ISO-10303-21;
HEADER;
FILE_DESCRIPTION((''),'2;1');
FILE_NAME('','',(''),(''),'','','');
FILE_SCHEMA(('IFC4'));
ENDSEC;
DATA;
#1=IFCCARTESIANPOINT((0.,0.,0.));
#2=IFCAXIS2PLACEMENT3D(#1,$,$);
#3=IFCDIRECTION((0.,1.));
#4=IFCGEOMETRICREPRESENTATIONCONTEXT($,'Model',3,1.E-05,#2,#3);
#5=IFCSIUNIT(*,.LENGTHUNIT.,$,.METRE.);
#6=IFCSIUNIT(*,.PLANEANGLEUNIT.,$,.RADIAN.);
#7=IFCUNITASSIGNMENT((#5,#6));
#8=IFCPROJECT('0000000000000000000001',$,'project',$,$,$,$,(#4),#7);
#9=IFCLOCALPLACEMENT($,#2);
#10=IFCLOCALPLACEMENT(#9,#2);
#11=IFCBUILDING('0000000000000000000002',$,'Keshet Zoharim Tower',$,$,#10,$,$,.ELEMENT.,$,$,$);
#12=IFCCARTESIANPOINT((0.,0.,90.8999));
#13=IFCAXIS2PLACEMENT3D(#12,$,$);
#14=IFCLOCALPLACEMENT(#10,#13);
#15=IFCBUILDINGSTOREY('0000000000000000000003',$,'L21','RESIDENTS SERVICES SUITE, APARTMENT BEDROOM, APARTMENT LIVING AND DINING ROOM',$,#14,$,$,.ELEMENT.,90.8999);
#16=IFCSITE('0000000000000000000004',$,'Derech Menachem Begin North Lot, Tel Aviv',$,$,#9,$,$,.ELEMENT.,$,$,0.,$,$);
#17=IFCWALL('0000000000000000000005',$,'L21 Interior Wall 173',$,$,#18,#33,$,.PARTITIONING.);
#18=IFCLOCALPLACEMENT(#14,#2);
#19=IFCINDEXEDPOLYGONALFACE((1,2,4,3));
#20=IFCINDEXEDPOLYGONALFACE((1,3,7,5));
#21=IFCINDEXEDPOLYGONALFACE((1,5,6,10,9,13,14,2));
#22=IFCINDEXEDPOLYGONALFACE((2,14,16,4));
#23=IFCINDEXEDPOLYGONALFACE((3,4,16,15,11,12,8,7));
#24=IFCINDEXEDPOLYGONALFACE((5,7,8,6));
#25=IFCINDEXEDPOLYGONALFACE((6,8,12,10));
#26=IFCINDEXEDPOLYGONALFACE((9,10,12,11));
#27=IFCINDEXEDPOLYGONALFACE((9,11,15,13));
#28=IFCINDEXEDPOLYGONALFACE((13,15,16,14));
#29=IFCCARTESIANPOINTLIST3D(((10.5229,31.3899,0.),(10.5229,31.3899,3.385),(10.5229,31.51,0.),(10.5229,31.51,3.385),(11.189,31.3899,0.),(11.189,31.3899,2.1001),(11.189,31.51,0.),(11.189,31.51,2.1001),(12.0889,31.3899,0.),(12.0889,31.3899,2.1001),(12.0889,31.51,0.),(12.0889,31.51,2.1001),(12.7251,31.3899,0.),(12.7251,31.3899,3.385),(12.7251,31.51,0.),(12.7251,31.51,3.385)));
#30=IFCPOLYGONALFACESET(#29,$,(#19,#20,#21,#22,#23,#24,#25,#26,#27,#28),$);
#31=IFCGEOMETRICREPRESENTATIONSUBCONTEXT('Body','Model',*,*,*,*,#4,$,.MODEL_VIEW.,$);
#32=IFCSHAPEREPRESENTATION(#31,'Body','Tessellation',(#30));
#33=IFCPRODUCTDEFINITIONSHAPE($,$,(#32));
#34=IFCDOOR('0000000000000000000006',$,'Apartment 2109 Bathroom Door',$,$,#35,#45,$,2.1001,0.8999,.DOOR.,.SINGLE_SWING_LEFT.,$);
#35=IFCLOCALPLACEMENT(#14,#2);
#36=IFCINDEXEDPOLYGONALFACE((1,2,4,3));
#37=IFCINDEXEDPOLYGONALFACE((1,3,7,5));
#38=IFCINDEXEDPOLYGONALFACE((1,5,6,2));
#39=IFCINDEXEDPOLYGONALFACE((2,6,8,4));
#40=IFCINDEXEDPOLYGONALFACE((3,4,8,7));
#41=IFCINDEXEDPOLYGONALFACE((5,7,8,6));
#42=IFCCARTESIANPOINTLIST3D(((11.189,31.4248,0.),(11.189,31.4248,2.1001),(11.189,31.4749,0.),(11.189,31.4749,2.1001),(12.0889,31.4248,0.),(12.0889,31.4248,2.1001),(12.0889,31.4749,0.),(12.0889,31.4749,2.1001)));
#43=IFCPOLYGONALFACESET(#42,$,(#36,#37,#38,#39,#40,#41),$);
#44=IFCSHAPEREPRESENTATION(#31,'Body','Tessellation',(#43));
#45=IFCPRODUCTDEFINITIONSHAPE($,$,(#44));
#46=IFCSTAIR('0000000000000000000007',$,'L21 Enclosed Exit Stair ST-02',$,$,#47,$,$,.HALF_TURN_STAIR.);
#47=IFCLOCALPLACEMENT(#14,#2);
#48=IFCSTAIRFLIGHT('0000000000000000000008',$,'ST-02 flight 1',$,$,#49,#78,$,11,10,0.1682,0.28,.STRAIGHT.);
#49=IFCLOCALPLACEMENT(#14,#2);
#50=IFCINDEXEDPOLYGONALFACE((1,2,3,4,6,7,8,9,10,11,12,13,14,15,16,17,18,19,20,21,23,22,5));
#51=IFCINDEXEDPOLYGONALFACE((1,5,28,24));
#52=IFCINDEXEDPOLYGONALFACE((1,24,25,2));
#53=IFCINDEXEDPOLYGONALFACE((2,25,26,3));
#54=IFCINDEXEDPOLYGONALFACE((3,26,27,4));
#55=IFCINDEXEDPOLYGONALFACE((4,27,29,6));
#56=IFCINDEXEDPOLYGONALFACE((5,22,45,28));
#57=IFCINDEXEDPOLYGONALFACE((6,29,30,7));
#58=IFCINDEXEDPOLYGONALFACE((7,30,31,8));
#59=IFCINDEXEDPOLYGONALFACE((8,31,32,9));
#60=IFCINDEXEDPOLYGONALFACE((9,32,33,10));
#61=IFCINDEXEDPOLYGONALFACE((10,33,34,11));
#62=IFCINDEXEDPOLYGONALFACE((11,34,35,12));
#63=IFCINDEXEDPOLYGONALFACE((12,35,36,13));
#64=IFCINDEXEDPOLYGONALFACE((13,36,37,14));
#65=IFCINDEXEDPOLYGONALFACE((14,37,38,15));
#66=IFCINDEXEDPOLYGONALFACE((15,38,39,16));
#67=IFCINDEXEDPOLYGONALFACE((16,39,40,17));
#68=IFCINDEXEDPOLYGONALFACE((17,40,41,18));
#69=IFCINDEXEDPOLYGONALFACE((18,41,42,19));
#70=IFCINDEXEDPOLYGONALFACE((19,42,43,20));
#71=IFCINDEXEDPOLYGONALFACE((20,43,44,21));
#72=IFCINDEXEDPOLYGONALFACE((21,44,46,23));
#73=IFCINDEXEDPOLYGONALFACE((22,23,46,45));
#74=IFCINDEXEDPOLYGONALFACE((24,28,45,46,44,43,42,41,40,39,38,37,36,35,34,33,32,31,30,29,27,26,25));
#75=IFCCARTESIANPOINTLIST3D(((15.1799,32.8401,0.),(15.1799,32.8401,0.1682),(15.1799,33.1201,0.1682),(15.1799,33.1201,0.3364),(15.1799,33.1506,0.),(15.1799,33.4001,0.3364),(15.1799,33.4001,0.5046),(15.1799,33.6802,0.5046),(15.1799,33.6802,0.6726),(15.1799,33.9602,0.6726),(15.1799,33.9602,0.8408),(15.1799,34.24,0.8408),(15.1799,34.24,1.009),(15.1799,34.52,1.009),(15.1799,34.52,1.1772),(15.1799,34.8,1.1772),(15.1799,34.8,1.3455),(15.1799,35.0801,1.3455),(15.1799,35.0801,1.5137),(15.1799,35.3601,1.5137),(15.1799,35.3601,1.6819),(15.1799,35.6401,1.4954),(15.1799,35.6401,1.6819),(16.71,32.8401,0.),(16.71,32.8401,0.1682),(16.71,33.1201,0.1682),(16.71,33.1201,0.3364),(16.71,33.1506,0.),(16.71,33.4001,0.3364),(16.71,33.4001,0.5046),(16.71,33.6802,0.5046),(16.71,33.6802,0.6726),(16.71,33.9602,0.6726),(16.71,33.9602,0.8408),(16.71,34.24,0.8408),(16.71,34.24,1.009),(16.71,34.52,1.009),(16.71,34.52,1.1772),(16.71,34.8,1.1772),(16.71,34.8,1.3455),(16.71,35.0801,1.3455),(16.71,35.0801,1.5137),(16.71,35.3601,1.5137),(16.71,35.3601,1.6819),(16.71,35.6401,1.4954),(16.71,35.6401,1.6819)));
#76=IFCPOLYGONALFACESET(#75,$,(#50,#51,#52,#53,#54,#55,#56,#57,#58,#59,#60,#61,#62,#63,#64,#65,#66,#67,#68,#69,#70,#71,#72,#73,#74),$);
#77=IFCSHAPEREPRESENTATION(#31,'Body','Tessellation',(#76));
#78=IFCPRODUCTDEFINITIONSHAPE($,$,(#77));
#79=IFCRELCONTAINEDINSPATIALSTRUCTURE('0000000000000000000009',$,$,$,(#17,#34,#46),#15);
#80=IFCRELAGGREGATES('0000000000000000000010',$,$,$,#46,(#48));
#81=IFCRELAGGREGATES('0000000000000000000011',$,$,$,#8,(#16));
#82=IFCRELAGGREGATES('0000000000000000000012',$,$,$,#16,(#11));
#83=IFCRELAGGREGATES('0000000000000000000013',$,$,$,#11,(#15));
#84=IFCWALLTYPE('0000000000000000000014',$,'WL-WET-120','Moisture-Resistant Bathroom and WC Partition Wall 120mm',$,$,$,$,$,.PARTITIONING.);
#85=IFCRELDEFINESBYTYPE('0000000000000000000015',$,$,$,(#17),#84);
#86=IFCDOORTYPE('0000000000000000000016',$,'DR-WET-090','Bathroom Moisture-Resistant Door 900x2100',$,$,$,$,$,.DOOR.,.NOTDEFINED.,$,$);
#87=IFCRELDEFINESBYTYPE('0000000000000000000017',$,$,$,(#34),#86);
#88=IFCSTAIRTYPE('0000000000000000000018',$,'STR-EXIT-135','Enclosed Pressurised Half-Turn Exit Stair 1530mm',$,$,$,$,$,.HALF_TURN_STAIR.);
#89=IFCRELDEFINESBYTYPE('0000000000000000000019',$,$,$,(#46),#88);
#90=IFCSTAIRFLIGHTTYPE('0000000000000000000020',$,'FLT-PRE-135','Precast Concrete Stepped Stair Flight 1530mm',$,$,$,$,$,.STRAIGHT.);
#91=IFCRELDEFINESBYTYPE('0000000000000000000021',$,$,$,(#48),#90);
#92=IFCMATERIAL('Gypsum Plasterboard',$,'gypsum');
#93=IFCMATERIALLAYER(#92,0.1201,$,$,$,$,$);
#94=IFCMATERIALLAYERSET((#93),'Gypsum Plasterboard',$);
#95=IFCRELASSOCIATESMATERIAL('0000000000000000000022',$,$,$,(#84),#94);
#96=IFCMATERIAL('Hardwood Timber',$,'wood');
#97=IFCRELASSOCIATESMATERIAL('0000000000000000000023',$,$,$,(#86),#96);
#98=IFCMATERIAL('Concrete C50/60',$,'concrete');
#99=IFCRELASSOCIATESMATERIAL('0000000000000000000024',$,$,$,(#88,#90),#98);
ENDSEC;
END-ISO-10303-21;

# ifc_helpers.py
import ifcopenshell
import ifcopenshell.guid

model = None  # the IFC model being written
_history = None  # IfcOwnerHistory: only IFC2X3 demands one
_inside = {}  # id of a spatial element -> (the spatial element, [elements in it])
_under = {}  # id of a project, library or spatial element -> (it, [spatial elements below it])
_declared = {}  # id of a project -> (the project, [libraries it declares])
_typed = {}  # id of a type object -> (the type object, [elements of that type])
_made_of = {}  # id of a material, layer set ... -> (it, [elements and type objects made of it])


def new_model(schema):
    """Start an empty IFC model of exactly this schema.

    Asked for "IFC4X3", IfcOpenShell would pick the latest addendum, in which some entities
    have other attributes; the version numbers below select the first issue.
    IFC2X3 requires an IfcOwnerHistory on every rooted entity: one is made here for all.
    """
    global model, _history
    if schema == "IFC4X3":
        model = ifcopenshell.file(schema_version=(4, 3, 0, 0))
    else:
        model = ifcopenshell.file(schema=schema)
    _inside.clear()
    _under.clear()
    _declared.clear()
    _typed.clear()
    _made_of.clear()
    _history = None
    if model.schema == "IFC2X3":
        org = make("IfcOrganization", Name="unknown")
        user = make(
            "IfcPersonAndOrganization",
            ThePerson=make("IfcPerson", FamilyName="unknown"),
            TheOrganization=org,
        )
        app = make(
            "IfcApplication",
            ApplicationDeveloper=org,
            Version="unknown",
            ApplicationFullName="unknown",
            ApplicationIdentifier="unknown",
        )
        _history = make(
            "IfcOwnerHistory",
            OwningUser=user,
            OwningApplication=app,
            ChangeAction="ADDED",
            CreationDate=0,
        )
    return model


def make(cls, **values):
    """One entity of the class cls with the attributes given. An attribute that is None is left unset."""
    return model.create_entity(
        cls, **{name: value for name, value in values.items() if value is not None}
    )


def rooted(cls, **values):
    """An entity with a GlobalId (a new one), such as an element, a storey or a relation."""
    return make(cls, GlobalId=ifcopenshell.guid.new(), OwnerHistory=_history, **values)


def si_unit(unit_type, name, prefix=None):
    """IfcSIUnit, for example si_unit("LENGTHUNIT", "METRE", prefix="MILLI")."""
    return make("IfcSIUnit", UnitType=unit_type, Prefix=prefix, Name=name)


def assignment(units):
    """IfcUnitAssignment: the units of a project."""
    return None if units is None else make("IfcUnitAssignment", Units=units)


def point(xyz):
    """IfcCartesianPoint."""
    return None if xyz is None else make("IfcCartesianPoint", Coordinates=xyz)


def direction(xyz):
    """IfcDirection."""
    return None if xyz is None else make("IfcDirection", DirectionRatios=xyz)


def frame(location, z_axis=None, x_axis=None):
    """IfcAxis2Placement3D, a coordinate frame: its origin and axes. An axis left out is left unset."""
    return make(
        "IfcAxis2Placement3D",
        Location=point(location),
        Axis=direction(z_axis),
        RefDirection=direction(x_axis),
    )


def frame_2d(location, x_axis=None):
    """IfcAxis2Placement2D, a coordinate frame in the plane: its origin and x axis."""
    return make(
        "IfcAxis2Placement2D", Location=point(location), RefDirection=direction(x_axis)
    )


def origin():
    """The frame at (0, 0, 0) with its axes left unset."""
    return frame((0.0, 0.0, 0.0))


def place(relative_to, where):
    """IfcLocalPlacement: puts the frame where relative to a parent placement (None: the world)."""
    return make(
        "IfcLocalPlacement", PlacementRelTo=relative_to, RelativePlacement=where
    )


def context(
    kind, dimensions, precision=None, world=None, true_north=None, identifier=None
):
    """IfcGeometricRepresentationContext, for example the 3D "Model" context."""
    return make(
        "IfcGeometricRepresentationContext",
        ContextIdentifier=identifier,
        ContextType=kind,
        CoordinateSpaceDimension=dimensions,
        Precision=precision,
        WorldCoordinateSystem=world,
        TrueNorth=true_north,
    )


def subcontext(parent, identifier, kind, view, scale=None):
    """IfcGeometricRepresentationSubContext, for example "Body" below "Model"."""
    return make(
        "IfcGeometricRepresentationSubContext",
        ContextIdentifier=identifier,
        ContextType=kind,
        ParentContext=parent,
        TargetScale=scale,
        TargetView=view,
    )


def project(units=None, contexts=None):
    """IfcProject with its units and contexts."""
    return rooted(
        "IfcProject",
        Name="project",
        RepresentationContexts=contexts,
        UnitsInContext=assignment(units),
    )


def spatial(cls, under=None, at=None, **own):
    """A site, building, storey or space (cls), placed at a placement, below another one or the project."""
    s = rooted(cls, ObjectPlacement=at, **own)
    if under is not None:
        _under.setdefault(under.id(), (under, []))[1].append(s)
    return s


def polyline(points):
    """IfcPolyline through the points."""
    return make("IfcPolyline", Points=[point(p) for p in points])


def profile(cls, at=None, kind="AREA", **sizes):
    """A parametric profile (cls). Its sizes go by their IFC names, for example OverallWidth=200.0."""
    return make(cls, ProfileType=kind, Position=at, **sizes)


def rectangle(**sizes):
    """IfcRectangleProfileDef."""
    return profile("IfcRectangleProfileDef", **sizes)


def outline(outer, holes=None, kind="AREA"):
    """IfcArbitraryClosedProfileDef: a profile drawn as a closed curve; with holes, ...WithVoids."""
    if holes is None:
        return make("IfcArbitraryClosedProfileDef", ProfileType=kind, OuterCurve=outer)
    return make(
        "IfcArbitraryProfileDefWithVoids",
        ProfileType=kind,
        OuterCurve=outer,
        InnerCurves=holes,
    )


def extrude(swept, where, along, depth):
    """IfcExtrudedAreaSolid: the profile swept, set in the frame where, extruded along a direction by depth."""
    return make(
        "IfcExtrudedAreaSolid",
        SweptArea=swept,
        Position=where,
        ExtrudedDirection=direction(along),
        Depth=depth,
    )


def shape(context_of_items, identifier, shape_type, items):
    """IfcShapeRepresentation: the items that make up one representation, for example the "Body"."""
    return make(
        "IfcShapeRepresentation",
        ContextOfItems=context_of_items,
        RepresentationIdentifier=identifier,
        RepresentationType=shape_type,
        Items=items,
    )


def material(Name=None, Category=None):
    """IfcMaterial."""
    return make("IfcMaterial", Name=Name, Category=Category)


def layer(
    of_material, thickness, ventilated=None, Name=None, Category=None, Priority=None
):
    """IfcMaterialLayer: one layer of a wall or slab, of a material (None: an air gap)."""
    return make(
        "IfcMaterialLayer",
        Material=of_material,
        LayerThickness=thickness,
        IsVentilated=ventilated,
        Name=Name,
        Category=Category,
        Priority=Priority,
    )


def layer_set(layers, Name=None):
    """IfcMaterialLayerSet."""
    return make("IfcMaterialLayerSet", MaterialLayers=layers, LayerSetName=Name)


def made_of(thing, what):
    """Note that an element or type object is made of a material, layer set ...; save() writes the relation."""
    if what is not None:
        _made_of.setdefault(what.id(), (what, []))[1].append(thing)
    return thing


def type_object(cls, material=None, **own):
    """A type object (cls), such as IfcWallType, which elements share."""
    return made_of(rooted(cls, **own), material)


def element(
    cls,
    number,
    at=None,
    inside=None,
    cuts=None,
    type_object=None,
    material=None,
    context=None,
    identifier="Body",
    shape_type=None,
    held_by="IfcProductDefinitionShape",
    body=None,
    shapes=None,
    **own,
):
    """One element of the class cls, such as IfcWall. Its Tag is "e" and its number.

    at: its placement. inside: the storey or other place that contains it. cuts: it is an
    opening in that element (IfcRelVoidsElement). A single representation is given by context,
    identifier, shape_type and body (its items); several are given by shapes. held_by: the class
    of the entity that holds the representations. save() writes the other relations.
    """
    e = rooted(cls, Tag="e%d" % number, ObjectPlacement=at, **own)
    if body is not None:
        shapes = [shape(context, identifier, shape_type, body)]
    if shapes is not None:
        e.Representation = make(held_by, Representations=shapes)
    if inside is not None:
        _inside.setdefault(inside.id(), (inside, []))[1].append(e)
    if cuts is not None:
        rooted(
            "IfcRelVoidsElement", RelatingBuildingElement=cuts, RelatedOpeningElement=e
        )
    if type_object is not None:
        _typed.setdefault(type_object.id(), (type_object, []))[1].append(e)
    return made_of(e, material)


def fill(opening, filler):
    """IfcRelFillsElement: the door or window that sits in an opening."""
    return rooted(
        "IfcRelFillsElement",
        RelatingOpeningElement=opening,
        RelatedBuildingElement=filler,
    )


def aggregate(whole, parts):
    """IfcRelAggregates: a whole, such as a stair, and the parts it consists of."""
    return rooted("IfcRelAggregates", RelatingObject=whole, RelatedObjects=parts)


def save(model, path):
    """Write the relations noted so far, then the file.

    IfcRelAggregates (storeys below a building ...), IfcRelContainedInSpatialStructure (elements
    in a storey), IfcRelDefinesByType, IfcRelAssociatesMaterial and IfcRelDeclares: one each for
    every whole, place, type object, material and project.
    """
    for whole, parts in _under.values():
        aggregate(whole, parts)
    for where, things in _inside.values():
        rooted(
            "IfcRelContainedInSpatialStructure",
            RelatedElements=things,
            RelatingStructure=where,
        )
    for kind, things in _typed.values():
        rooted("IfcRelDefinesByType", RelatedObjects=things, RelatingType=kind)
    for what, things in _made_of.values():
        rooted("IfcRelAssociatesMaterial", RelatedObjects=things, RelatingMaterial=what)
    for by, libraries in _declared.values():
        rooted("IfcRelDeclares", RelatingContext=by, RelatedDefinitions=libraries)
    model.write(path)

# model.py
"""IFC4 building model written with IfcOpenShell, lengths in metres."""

from ifc_helpers import new_model, si_unit, direction, frame, frame_2d, origin, place, context, subcontext, project, spatial, polyline, rectangle, outline, extrude, material, layer, layer_set, type_object, element, fill, aggregate, save


model = new_model("IFC4")

# Units and contexts
model_context = context("Model", 3, precision=1e-05, world=origin(), true_north=direction((0.0, 1.0)))
body_context = subcontext(model_context, "Body", "Model", "MODEL_VIEW")
ifc_project = project(units=[si_unit("LENGTHUNIT", "METRE"), si_unit("PLANEANGLEUNIT", "RADIAN")], contexts=[model_context])

# Site, building, storey
site_placement = place(None, origin())
site = spatial("IfcSite", under=ifc_project, at=site_placement, Name="Derech Menachem Begin North Lot, Tel Aviv", CompositionType="ELEMENT", RefElevation=0.0)
building_placement = place(site_placement, origin())
building = spatial("IfcBuilding", under=site, at=building_placement, Name="Keshet Zoharim Tower", CompositionType="ELEMENT")
storey_placement = place(building_placement, frame((0.0, 0.0, 90.8999)))
storey = spatial("IfcBuildingStorey", under=building, at=storey_placement, Name="L21", Description="RESIDENTS SERVICES SUITE, APARTMENT BEDROOM, APARTMENT LIVING AND DINING ROOM", CompositionType="ELEMENT", Elevation=90.8999)

# Shared definitions
ifc_material_1 = material(Name="Hardwood Timber", Category="wood")

# Shared definitions
ifc_material_2 = material(Name="Gypsum Plasterboard", Category="gypsum")

# Shared definitions
ifc_layer_1 = layer(ifc_material_2, 0.1201)
ifc_layer_set_1 = layer_set([ifc_layer_1], Name="Gypsum Plasterboard")
wall_type_1 = type_object("IfcWallType", Name="WL-WET-120", Description="Moisture-Resistant Bathroom and WC Partition Wall 120mm", PredefinedType="PARTITIONING", material=ifc_layer_set_1)

# Wall, opening, door
wall_1_placement = place(storey_placement, frame((10.5229, 31.45, 0.0), z_axis=(0.0, 0.0, 1.0), x_axis=(1.0, 0.0, 0.0)))
wall_1 = element("IfcWall", 1, at=wall_1_placement, inside=storey, type_object=wall_type_1, Name="L21 Interior Wall 173", PredefinedType="PARTITIONING", context=body_context, shape_type="SweptSolid", body=[
    extrude(rectangle(XDim=2.2021, YDim=0.1201, at=frame_2d((1.1011, 0.0))), origin(), (0.0, 0.0, 1.0), 3.385),
])
opening_1_placement = place(wall_1_placement, frame((0.666, 0.0, 0.0)))
opening_1 = element("IfcOpeningElement", 2, at=opening_1_placement, cuts=wall_1, PredefinedType="OPENING", context=body_context, shape_type="SweptSolid", body=[
    extrude(rectangle(XDim=0.8999, YDim=2.1001, at=frame_2d((0.45, 1.05))), frame((0.0, 0.0701, 0.0), z_axis=(0.0, -1.0, 0.0), x_axis=(1.0, 0.0, 0.0)), (0.0, 0.0, 1.0), 0.1401),
])
door_type_1 = type_object("IfcDoorType", Name="DR-WET-090", Description="Bathroom Moisture-Resistant Door 900x2100", OperationType="NOTDEFINED", PredefinedType="DOOR", material=ifc_material_1)
door_1_placement = place(opening_1_placement, origin())
door_1 = element("IfcDoor", 3, at=door_1_placement, inside=storey, type_object=door_type_1, Name="Apartment 2109 Bathroom Door", OperationType="SINGLE_SWING_LEFT", OverallHeight=2.1001, OverallWidth=0.8999, PredefinedType="DOOR", context=body_context, shape_type="SweptSolid", body=[
    extrude(rectangle(XDim=0.8999, YDim=2.1001, at=frame_2d((0.45, 1.05))), frame((0.0, 0.0249, 0.0), z_axis=(0.0, -1.0, 0.0), x_axis=(1.0, 0.0, 0.0)), (0.0, 0.0, 1.0), 0.05),
])
fill(opening_1, door_1)

# Stair, stair flight
ifc_material_3 = material(Name="Concrete C50/60", Category="concrete")
stair_type = type_object("IfcStairType", Name="STR-EXIT-135", Description="Enclosed Pressurised Half-Turn Exit Stair 1530mm", PredefinedType="HALF_TURN_STAIR", material=ifc_material_3)
stair_placement = place(storey_placement, origin())
stair = element("IfcStair", 4, at=stair_placement, inside=storey, type_object=stair_type, Name="L21 Enclosed Exit Stair ST-02", PredefinedType="HALF_TURN_STAIR")
stair_flight_type = type_object("IfcStairFlightType", Name="FLT-PRE-135", Description="Precast Concrete Stepped Stair Flight 1530mm", PredefinedType="STRAIGHT", material=ifc_material_3)
stair_flight_placement = place(storey_placement, frame((15.9451, 32.8401, 0.0), z_axis=(0.0, 0.0, 1.0), x_axis=(0.0, 1.0, 0.0)))
stair_flight = element("IfcStairFlight", 5, at=stair_flight_placement, type_object=stair_flight_type, Name="ST-02 flight 1", NumberOfRisers=11, NumberOfTreads=10, PredefinedType="STRAIGHT", RiserHeight=0.1682, TreadLength=0.28, context=body_context, shape_type="SweptSolid", body=[
    extrude(outline(polyline([(0.0, 0.0), (0.0, 0.1682), (0.28, 0.1682), (0.28, 0.3364), (0.5601, 0.3364), (0.5601, 0.5046), (0.8401, 0.5046), (0.8401, 0.6726), (1.1201, 0.6726), (1.1201, 0.8408), (1.3999, 0.8408), (1.3999, 1.009), (1.6799, 1.009), (1.6799, 1.1772), (1.96, 1.1772), (1.96, 1.3455), (2.24, 1.3455), (2.24, 1.5137), (2.52, 1.5137), (2.52, 1.6819), (2.8, 1.6819), (2.8, 1.8501), (2.8, 1.4954), (0.3105, 0.0), (0.0, 0.0)])), frame((0.0, 0.7651, 0.0), z_axis=(0.0, -1.0, 0.0), x_axis=(1.0, 0.0, 0.0)), (0.0, 0.0, 1.0), 1.53),
])
aggregate(stair, [stair_flight])

save(model, "model.ifc")
